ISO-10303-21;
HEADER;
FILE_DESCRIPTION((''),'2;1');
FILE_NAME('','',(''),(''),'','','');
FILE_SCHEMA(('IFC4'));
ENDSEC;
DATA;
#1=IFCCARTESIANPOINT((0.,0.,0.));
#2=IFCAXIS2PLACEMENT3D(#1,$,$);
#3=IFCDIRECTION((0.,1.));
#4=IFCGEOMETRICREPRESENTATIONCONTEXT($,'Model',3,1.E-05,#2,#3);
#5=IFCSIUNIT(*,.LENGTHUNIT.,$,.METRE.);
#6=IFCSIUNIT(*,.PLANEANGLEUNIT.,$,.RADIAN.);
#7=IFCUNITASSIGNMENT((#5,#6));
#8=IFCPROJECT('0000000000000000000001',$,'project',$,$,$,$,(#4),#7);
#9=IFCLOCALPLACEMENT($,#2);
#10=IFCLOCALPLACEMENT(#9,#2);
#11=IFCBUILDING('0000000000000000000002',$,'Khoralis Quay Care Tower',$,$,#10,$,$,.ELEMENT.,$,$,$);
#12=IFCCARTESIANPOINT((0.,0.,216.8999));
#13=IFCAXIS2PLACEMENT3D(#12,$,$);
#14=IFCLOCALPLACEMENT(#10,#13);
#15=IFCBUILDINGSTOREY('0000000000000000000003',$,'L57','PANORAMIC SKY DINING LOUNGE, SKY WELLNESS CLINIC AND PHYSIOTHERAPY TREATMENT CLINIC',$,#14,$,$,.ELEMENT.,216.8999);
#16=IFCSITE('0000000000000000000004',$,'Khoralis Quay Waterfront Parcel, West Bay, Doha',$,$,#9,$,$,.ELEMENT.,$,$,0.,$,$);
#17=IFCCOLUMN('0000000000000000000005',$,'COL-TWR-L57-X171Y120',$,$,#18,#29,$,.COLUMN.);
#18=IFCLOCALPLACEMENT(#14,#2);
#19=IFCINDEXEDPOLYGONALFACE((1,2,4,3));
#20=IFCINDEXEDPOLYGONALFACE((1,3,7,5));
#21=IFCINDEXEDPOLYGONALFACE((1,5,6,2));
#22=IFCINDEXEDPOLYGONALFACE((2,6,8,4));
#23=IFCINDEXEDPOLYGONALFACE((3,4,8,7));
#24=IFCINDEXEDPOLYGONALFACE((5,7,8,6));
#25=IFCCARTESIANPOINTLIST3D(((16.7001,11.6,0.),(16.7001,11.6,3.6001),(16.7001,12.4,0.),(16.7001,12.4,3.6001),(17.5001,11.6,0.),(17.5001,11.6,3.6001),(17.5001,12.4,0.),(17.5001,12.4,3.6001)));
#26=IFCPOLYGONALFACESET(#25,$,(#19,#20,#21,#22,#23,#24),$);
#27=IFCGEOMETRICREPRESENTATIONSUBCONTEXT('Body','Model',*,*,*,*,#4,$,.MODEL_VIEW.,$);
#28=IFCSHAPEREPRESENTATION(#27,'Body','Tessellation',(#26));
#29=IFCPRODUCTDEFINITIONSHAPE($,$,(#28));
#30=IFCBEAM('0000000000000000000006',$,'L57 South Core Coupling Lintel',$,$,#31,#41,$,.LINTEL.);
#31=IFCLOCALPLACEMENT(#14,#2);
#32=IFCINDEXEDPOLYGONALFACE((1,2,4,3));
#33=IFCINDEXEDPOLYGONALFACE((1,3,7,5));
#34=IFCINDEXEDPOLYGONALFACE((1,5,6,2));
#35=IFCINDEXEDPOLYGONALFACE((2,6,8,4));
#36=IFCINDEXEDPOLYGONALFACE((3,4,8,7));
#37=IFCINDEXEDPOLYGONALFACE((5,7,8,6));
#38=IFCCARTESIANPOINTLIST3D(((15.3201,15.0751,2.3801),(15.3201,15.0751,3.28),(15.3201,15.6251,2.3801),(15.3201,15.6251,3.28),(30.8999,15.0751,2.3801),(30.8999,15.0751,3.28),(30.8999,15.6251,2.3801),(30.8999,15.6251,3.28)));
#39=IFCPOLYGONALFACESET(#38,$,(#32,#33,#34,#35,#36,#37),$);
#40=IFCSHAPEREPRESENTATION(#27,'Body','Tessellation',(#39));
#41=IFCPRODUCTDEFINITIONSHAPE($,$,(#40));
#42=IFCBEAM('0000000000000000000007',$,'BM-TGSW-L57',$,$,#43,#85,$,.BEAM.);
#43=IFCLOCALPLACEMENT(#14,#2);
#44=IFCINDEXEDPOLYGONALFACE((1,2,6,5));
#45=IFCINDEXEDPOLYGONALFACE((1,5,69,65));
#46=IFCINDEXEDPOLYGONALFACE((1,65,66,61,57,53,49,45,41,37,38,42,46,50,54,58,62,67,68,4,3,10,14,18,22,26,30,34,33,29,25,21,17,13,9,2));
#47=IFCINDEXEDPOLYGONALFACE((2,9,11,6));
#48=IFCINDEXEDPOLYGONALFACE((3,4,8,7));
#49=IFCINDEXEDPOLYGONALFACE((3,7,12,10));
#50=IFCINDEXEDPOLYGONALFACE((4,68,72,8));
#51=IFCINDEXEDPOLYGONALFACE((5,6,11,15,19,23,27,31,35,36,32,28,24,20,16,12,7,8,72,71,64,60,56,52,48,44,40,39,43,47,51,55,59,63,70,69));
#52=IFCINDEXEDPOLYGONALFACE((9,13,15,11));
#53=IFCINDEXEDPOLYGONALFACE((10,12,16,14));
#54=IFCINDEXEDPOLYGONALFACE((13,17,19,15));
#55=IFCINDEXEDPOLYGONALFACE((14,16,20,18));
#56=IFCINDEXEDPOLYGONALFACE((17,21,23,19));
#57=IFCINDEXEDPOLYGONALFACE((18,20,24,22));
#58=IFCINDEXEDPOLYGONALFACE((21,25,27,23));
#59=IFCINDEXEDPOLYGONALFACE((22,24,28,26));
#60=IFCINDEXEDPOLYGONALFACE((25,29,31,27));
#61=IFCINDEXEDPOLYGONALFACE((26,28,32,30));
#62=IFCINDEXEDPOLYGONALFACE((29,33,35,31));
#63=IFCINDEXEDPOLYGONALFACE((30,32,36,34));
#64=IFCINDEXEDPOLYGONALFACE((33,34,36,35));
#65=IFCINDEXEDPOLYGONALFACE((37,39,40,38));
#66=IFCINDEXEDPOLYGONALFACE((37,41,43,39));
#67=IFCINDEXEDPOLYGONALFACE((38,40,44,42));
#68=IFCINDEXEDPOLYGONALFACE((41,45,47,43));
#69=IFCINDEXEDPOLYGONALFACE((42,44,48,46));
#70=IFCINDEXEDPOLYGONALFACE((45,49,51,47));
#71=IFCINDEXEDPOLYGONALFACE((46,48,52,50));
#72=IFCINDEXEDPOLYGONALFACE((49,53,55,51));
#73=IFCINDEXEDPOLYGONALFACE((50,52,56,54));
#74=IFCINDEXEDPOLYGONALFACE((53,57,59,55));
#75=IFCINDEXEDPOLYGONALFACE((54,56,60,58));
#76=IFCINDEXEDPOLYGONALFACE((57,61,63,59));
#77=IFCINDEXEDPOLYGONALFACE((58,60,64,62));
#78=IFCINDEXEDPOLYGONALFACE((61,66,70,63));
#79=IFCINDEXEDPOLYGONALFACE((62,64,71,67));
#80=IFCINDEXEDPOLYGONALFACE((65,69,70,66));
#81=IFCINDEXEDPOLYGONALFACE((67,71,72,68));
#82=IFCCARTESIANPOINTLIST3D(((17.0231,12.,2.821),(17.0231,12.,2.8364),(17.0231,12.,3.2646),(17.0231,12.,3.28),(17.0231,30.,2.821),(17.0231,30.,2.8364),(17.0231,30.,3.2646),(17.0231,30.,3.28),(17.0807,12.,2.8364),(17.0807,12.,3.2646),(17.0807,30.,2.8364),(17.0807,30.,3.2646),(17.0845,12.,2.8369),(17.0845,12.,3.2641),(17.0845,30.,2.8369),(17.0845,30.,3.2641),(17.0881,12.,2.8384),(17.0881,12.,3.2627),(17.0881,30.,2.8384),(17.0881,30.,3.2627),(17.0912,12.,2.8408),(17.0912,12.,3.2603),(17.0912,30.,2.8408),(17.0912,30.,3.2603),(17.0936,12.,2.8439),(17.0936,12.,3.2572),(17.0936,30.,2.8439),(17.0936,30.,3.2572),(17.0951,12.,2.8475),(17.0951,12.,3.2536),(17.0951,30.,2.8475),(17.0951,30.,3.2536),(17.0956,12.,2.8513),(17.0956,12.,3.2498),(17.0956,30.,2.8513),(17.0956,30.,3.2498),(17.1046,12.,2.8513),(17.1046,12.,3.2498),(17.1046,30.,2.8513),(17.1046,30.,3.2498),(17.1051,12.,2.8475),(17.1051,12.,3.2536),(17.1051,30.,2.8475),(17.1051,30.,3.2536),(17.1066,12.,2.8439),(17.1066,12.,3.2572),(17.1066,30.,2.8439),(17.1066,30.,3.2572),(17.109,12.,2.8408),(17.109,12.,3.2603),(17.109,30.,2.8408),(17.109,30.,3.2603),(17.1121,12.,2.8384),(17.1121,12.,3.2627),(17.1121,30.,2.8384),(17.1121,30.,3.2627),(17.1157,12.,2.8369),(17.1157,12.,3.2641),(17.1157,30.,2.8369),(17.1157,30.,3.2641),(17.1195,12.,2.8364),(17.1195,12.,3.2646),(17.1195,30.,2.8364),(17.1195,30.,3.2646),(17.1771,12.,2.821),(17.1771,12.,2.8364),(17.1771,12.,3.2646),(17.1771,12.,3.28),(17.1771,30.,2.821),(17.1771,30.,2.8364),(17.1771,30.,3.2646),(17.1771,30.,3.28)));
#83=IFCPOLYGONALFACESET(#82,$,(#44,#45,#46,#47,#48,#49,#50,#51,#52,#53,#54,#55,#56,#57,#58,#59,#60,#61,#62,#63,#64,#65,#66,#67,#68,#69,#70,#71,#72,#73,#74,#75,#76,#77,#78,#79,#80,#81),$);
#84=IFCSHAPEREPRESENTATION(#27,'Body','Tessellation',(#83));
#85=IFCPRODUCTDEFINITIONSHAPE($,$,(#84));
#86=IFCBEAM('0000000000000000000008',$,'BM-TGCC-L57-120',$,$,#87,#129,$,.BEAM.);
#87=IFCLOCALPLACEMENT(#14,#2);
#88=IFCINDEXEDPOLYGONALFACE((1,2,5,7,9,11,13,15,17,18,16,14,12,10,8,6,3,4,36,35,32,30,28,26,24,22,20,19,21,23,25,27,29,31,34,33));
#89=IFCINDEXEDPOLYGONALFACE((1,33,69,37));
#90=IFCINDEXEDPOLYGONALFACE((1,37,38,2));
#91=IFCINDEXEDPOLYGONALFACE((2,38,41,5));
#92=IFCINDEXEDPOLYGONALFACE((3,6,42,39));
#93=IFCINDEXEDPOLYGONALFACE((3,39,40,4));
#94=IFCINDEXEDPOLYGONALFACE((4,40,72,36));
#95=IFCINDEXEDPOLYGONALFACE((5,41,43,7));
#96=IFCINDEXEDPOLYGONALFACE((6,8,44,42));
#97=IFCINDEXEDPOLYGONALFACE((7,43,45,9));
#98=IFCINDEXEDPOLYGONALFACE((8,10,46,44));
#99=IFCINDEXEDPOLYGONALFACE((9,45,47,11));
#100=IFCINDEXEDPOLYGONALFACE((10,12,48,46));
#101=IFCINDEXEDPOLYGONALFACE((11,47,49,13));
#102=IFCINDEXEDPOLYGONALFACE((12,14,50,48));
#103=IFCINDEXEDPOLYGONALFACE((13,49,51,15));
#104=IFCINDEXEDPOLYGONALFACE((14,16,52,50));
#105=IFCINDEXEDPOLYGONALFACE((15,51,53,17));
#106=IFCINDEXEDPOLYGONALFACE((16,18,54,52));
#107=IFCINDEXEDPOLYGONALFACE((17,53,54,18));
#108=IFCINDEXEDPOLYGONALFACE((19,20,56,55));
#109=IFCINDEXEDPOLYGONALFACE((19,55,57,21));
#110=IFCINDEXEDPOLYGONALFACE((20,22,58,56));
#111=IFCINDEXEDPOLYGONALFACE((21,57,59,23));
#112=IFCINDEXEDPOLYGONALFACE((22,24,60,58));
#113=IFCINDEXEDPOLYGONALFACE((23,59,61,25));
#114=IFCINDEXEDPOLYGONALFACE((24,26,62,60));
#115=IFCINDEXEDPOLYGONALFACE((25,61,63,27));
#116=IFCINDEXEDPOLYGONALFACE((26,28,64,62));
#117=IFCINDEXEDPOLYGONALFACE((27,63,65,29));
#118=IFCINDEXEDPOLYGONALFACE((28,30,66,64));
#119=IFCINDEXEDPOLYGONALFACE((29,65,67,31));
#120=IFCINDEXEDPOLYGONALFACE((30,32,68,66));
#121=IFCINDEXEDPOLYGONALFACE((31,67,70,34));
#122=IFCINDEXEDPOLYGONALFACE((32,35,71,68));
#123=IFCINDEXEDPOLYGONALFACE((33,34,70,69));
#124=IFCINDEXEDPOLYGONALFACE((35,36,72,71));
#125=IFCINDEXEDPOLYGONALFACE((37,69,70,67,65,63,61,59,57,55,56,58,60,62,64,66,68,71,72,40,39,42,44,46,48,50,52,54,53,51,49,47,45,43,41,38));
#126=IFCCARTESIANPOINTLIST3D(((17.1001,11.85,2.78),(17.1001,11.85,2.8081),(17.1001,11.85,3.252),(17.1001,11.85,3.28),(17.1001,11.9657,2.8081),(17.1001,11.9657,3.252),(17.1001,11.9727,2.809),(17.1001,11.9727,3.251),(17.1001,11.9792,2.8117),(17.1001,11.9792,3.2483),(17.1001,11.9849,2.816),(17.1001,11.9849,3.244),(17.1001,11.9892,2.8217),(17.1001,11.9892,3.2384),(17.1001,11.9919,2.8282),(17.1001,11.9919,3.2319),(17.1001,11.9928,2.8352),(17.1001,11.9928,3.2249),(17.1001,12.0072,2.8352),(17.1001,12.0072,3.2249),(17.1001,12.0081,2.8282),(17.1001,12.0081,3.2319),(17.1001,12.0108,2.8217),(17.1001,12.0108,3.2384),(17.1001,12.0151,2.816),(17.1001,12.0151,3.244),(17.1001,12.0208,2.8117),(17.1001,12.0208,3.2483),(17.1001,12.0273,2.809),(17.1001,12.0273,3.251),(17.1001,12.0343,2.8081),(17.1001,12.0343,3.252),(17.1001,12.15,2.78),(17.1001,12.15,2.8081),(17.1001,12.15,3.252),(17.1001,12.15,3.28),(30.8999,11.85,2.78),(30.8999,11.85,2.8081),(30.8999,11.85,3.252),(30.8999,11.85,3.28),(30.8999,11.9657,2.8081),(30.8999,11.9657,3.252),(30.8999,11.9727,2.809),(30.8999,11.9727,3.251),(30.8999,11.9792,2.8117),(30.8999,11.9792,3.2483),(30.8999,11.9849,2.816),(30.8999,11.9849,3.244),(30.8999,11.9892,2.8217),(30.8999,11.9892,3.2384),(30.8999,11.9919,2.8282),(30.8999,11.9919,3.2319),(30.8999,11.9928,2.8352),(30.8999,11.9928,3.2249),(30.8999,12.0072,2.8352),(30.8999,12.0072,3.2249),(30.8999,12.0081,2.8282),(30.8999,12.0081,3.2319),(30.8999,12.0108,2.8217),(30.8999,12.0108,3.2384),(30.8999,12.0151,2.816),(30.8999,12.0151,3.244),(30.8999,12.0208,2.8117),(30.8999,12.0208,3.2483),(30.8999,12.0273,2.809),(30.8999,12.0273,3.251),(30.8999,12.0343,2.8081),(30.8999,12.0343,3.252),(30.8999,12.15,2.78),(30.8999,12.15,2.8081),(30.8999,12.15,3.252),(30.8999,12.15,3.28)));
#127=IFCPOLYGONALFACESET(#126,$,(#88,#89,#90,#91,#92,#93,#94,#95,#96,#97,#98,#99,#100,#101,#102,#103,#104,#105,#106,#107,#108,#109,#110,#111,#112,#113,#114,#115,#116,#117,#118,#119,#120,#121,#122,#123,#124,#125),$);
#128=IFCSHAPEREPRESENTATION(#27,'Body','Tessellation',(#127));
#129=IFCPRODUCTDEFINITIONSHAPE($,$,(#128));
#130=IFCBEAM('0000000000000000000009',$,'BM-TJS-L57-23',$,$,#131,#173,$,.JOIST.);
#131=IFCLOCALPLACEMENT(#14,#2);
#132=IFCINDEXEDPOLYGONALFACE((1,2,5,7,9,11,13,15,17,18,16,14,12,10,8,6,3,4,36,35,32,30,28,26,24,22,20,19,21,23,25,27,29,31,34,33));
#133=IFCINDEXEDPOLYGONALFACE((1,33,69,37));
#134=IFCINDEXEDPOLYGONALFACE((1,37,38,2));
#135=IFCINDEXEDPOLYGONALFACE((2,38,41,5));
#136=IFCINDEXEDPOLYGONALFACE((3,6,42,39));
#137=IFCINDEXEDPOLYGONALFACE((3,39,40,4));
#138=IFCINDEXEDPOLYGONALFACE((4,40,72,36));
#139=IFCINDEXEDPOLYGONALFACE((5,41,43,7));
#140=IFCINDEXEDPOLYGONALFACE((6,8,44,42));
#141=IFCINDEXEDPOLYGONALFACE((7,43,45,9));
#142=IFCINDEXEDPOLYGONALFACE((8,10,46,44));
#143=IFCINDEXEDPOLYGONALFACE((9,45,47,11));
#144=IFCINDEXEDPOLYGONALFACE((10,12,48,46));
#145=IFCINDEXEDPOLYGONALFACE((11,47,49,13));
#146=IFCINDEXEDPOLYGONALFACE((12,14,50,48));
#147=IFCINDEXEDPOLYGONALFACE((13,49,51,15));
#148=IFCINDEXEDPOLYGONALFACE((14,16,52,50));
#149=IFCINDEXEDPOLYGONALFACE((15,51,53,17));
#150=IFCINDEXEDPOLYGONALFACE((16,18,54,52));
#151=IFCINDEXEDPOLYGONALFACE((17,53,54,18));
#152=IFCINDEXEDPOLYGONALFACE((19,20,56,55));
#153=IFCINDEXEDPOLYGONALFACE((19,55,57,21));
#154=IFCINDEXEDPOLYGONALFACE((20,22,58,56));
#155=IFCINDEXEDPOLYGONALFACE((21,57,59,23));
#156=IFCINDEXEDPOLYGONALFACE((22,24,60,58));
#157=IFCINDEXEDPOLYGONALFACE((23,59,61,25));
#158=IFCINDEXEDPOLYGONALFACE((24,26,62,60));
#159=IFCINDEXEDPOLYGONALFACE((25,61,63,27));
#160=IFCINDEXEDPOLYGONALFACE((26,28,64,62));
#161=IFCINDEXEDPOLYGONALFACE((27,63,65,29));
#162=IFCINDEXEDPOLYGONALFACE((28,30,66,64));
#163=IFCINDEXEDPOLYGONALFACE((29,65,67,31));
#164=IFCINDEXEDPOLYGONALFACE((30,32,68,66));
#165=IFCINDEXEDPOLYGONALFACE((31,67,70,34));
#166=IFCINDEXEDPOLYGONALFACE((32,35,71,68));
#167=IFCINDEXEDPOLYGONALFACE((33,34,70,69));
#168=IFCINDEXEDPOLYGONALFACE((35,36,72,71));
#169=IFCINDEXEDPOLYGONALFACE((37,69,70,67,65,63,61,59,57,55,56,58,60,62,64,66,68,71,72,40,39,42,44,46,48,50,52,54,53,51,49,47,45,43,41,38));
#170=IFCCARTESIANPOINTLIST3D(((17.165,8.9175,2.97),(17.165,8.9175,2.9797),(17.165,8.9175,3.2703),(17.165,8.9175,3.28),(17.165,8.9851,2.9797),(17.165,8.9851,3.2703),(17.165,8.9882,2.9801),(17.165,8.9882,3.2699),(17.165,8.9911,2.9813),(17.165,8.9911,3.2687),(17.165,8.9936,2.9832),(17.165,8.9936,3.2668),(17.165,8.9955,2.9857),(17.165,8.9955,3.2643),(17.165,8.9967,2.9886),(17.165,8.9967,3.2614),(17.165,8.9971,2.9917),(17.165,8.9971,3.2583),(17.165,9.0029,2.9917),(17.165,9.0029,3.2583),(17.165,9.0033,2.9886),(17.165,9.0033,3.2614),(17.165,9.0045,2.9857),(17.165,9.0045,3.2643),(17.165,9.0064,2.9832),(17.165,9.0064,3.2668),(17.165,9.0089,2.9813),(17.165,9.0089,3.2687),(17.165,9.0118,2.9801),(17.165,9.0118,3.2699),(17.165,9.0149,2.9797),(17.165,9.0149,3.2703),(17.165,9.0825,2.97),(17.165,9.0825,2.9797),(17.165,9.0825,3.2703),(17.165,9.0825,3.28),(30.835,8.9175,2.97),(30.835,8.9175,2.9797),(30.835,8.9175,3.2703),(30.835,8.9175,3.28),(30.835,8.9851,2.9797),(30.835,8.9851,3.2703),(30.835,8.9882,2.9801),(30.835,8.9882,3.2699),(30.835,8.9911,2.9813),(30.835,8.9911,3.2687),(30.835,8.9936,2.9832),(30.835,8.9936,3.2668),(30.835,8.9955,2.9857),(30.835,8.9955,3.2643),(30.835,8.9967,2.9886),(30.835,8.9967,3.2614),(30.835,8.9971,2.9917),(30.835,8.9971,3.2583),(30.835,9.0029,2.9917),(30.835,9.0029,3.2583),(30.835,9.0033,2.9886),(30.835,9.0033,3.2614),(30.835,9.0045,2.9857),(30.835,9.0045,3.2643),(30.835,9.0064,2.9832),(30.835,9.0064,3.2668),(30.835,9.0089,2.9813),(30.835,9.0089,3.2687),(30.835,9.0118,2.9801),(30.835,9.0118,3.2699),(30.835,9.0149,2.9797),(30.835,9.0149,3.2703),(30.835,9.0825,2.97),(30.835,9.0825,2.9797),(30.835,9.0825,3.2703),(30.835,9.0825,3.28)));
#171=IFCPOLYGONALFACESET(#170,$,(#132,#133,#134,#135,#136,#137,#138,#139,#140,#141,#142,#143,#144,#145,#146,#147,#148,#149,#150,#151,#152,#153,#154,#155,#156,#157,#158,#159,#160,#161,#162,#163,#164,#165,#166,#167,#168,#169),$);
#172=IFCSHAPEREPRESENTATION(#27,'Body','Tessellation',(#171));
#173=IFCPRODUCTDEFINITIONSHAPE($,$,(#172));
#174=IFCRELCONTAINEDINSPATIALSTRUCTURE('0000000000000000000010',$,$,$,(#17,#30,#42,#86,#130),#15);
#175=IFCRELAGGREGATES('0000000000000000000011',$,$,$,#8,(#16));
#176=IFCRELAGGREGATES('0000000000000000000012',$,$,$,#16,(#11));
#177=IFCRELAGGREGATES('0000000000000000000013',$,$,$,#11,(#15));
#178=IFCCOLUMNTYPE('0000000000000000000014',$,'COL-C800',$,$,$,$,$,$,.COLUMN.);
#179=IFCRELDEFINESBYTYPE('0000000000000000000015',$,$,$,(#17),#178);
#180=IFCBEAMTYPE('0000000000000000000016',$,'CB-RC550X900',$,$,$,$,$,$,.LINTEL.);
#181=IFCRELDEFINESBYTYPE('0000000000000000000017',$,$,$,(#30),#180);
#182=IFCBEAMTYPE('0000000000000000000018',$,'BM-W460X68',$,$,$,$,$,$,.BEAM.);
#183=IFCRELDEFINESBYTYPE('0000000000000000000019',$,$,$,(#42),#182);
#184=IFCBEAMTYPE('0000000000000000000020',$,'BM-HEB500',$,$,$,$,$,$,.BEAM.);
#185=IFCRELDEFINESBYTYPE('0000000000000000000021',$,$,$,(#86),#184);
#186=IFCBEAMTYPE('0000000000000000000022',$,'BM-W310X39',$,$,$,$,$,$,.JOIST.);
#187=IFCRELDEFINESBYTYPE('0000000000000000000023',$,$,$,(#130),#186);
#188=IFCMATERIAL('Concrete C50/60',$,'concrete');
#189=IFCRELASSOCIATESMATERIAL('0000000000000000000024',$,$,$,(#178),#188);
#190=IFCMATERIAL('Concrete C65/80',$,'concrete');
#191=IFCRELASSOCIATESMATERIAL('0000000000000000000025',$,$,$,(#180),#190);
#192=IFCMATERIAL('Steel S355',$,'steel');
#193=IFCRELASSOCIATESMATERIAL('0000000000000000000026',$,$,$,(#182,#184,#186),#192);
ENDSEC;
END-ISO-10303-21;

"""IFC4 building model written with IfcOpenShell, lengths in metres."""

from ifc_helpers import new_model, si_unit, direction, frame, origin, origin_2d, place, context, subcontext, project, spatial, rectangle, i_section, extrude, source, transform, mapped, material, material_profile, profile_set, type_object, element, save


model = new_model("IFC4")

# Units and contexts
model_context = context("Model", 3, precision=1e-05, world=origin(), true_north=direction((0.0, 1.0)))
body_context = subcontext(model_context, "Body", "Model", "MODEL_VIEW")
ifc_project = project(units=[si_unit("LENGTHUNIT", "METRE"), si_unit("PLANEANGLEUNIT", "RADIAN")], contexts=[model_context])

# Site, building, storey
site_placement = place(None, origin())
site = spatial("IfcSite", under=ifc_project, at=site_placement, Name="Khoralis Quay Waterfront Parcel, West Bay, Doha", CompositionType="ELEMENT", RefElevation=0.0)
building_placement = place(site_placement, origin())
building = spatial("IfcBuilding", under=site, at=building_placement, Name="Khoralis Quay Care Tower", CompositionType="ELEMENT")
storey_placement = place(building_placement, frame((0.0, 0.0, 216.8999)))
storey = spatial("IfcBuildingStorey", under=building, at=storey_placement, Name="L57", Description="PANORAMIC SKY DINING LOUNGE, SKY WELLNESS CLINIC AND PHYSIOTHERAPY TREATMENT CLINIC", CompositionType="ELEMENT", Elevation=216.8999)

# Column
ifc_material_1 = material(Name="Concrete C50/60", Category="concrete")
ifc_material_profile_1 = material_profile(ifc_material_1, rectangle(XDim=0.8, YDim=0.8, at=origin_2d()), Name="Concrete C50/60")
ifc_profile_set_1 = profile_set([ifc_material_profile_1], Name="Concrete C50/60")
column_type = type_object("IfcColumnType", Name="COL-C800", PredefinedType="COLUMN", material=ifc_profile_set_1)
shared_shape_1 = source(origin(), body_context, "Body", "SweptSolid", [
    extrude(rectangle(XDim=0.8, YDim=0.8, at=origin_2d()), origin(), (0.0, 0.0, 1.0), 3.6001),
])
column_placement = place(storey_placement, frame((17.1001, 12.0, 0.0), z_axis=(0.0, 0.0, 1.0), x_axis=(1.0, 0.0, 0.0)))
element("IfcColumn", 1, at=column_placement, inside=storey, type_object=column_type, Name="COL-TWR-L57-X171Y120", PredefinedType="COLUMN", context=body_context, shape_type="MappedRepresentation", body=[
    mapped(shared_shape_1, transform((0.0, 0.0, 0.0), scale=1.0)),
])

# Beams
ifc_material_2 = material(Name="Concrete C65/80", Category="concrete")
ifc_material_profile_2 = material_profile(ifc_material_2, rectangle(XDim=0.55, YDim=0.8999, at=origin_2d()), Name="Concrete C65/80")
ifc_profile_set_2 = profile_set([ifc_material_profile_2], Name="Concrete C65/80")
beam_type_1 = type_object("IfcBeamType", Name="CB-RC550X900", PredefinedType="LINTEL", material=ifc_profile_set_2)
shared_shape_2 = source(origin(), body_context, "Body", "SweptSolid", [
    extrude(rectangle(XDim=0.55, YDim=0.8999, at=origin_2d()), origin(), (0.0, 0.0, 1.0), 15.5798),
])
beam_1_placement = place(storey_placement, frame((15.3201, 15.3501, 2.8301), z_axis=(1.0, 0.0, 0.0), x_axis=(0.0, 1.0, 0.0)))
element("IfcBeam", 2, at=beam_1_placement, inside=storey, type_object=beam_type_1, Name="L57 South Core Coupling Lintel", PredefinedType="LINTEL", context=body_context, shape_type="MappedRepresentation", body=[
    mapped(shared_shape_2, transform((0.0, 0.0, 0.0), scale=1.0)),
])
ifc_material_3 = material(Name="Steel S355", Category="steel")
ifc_material_profile_3 = material_profile(ifc_material_3, i_section(OverallWidth=0.1541, OverallDepth=0.459, WebThickness=0.009, FlangeThickness=0.0154, FilletRadius=0.0149, at=origin_2d()), Name="Steel S355")
ifc_profile_set_3 = profile_set([ifc_material_profile_3], Name="Steel S355")
beam_type_2 = type_object("IfcBeamType", Name="BM-W460X68", PredefinedType="BEAM", material=ifc_profile_set_3)
shared_shape_3 = source(origin(), body_context, "Body", "SweptSolid", [
    extrude(i_section(OverallWidth=0.1541, OverallDepth=0.459, WebThickness=0.009, FlangeThickness=0.0154, FilletRadius=0.0149, at=origin_2d()), origin(), (0.0, 0.0, 1.0), 18.0),
])
beam_2_placement = place(storey_placement, frame((17.1001, 12.0, 3.0505), z_axis=(0.0, 1.0, 0.0), x_axis=(-1.0, 0.0, 0.0)))
element("IfcBeam", 3, at=beam_2_placement, inside=storey, type_object=beam_type_2, Name="BM-TGSW-L57", PredefinedType="BEAM", context=body_context, shape_type="MappedRepresentation", body=[
    mapped(shared_shape_3, transform((0.0, 0.0, 0.0), scale=1.0)),
])
ifc_material_profile_4 = material_profile(ifc_material_3, i_section(OverallWidth=0.3, OverallDepth=0.5, WebThickness=0.0144, FlangeThickness=0.0281, FilletRadius=0.0271, at=origin_2d()), Name="Steel S355")
ifc_profile_set_4 = profile_set([ifc_material_profile_4], Name="Steel S355")
beam_type_3 = type_object("IfcBeamType", Name="BM-HEB500", PredefinedType="BEAM", material=ifc_profile_set_4)
shared_shape_4 = source(origin(), body_context, "Body", "SweptSolid", [
    extrude(i_section(OverallWidth=0.3, OverallDepth=0.5, WebThickness=0.0144, FlangeThickness=0.0281, FilletRadius=0.0271, at=origin_2d()), origin(), (0.0, 0.0, 1.0), 13.7998),
])
beam_3_placement = place(storey_placement, frame((17.1001, 12.0, 3.03), z_axis=(1.0, 0.0, 0.0), x_axis=(0.0, 1.0, 0.0)))
element("IfcBeam", 4, at=beam_3_placement, inside=storey, type_object=beam_type_3, Name="BM-TGCC-L57-120", PredefinedType="BEAM", context=body_context, shape_type="MappedRepresentation", body=[
    mapped(shared_shape_4, transform((0.0, 0.0, 0.0), scale=1.0)),
])
ifc_material_profile_5 = material_profile(ifc_material_3, i_section(OverallWidth=0.165, OverallDepth=0.3101, WebThickness=0.0059, FlangeThickness=0.0098, FilletRadius=0.012, at=origin_2d()), Name="Steel S355")
ifc_profile_set_5 = profile_set([ifc_material_profile_5], Name="Steel S355")
beam_type_4 = type_object("IfcBeamType", Name="BM-W310X39", PredefinedType="JOIST", material=ifc_profile_set_5)
shared_shape_5 = source(origin(), body_context, "Body", "SweptSolid", [
    extrude(i_section(OverallWidth=0.165, OverallDepth=0.3101, WebThickness=0.0059, FlangeThickness=0.0098, FilletRadius=0.012, at=origin_2d()), origin(), (0.0, 0.0, 1.0), 13.6699),
])
beam_4_placement = place(storey_placement, frame((17.165, 9.0, 3.125), z_axis=(1.0, 0.0, 0.0), x_axis=(0.0, 1.0, 0.0)))
element("IfcBeam", 5, at=beam_4_placement, inside=storey, type_object=beam_type_4, Name="BM-TJS-L57-23", PredefinedType="JOIST", context=body_context, shape_type="MappedRepresentation", body=[
    mapped(shared_shape_5, transform((0.0, 0.0, 0.0), scale=1.0)),
])

save(model, "model.ifc")
